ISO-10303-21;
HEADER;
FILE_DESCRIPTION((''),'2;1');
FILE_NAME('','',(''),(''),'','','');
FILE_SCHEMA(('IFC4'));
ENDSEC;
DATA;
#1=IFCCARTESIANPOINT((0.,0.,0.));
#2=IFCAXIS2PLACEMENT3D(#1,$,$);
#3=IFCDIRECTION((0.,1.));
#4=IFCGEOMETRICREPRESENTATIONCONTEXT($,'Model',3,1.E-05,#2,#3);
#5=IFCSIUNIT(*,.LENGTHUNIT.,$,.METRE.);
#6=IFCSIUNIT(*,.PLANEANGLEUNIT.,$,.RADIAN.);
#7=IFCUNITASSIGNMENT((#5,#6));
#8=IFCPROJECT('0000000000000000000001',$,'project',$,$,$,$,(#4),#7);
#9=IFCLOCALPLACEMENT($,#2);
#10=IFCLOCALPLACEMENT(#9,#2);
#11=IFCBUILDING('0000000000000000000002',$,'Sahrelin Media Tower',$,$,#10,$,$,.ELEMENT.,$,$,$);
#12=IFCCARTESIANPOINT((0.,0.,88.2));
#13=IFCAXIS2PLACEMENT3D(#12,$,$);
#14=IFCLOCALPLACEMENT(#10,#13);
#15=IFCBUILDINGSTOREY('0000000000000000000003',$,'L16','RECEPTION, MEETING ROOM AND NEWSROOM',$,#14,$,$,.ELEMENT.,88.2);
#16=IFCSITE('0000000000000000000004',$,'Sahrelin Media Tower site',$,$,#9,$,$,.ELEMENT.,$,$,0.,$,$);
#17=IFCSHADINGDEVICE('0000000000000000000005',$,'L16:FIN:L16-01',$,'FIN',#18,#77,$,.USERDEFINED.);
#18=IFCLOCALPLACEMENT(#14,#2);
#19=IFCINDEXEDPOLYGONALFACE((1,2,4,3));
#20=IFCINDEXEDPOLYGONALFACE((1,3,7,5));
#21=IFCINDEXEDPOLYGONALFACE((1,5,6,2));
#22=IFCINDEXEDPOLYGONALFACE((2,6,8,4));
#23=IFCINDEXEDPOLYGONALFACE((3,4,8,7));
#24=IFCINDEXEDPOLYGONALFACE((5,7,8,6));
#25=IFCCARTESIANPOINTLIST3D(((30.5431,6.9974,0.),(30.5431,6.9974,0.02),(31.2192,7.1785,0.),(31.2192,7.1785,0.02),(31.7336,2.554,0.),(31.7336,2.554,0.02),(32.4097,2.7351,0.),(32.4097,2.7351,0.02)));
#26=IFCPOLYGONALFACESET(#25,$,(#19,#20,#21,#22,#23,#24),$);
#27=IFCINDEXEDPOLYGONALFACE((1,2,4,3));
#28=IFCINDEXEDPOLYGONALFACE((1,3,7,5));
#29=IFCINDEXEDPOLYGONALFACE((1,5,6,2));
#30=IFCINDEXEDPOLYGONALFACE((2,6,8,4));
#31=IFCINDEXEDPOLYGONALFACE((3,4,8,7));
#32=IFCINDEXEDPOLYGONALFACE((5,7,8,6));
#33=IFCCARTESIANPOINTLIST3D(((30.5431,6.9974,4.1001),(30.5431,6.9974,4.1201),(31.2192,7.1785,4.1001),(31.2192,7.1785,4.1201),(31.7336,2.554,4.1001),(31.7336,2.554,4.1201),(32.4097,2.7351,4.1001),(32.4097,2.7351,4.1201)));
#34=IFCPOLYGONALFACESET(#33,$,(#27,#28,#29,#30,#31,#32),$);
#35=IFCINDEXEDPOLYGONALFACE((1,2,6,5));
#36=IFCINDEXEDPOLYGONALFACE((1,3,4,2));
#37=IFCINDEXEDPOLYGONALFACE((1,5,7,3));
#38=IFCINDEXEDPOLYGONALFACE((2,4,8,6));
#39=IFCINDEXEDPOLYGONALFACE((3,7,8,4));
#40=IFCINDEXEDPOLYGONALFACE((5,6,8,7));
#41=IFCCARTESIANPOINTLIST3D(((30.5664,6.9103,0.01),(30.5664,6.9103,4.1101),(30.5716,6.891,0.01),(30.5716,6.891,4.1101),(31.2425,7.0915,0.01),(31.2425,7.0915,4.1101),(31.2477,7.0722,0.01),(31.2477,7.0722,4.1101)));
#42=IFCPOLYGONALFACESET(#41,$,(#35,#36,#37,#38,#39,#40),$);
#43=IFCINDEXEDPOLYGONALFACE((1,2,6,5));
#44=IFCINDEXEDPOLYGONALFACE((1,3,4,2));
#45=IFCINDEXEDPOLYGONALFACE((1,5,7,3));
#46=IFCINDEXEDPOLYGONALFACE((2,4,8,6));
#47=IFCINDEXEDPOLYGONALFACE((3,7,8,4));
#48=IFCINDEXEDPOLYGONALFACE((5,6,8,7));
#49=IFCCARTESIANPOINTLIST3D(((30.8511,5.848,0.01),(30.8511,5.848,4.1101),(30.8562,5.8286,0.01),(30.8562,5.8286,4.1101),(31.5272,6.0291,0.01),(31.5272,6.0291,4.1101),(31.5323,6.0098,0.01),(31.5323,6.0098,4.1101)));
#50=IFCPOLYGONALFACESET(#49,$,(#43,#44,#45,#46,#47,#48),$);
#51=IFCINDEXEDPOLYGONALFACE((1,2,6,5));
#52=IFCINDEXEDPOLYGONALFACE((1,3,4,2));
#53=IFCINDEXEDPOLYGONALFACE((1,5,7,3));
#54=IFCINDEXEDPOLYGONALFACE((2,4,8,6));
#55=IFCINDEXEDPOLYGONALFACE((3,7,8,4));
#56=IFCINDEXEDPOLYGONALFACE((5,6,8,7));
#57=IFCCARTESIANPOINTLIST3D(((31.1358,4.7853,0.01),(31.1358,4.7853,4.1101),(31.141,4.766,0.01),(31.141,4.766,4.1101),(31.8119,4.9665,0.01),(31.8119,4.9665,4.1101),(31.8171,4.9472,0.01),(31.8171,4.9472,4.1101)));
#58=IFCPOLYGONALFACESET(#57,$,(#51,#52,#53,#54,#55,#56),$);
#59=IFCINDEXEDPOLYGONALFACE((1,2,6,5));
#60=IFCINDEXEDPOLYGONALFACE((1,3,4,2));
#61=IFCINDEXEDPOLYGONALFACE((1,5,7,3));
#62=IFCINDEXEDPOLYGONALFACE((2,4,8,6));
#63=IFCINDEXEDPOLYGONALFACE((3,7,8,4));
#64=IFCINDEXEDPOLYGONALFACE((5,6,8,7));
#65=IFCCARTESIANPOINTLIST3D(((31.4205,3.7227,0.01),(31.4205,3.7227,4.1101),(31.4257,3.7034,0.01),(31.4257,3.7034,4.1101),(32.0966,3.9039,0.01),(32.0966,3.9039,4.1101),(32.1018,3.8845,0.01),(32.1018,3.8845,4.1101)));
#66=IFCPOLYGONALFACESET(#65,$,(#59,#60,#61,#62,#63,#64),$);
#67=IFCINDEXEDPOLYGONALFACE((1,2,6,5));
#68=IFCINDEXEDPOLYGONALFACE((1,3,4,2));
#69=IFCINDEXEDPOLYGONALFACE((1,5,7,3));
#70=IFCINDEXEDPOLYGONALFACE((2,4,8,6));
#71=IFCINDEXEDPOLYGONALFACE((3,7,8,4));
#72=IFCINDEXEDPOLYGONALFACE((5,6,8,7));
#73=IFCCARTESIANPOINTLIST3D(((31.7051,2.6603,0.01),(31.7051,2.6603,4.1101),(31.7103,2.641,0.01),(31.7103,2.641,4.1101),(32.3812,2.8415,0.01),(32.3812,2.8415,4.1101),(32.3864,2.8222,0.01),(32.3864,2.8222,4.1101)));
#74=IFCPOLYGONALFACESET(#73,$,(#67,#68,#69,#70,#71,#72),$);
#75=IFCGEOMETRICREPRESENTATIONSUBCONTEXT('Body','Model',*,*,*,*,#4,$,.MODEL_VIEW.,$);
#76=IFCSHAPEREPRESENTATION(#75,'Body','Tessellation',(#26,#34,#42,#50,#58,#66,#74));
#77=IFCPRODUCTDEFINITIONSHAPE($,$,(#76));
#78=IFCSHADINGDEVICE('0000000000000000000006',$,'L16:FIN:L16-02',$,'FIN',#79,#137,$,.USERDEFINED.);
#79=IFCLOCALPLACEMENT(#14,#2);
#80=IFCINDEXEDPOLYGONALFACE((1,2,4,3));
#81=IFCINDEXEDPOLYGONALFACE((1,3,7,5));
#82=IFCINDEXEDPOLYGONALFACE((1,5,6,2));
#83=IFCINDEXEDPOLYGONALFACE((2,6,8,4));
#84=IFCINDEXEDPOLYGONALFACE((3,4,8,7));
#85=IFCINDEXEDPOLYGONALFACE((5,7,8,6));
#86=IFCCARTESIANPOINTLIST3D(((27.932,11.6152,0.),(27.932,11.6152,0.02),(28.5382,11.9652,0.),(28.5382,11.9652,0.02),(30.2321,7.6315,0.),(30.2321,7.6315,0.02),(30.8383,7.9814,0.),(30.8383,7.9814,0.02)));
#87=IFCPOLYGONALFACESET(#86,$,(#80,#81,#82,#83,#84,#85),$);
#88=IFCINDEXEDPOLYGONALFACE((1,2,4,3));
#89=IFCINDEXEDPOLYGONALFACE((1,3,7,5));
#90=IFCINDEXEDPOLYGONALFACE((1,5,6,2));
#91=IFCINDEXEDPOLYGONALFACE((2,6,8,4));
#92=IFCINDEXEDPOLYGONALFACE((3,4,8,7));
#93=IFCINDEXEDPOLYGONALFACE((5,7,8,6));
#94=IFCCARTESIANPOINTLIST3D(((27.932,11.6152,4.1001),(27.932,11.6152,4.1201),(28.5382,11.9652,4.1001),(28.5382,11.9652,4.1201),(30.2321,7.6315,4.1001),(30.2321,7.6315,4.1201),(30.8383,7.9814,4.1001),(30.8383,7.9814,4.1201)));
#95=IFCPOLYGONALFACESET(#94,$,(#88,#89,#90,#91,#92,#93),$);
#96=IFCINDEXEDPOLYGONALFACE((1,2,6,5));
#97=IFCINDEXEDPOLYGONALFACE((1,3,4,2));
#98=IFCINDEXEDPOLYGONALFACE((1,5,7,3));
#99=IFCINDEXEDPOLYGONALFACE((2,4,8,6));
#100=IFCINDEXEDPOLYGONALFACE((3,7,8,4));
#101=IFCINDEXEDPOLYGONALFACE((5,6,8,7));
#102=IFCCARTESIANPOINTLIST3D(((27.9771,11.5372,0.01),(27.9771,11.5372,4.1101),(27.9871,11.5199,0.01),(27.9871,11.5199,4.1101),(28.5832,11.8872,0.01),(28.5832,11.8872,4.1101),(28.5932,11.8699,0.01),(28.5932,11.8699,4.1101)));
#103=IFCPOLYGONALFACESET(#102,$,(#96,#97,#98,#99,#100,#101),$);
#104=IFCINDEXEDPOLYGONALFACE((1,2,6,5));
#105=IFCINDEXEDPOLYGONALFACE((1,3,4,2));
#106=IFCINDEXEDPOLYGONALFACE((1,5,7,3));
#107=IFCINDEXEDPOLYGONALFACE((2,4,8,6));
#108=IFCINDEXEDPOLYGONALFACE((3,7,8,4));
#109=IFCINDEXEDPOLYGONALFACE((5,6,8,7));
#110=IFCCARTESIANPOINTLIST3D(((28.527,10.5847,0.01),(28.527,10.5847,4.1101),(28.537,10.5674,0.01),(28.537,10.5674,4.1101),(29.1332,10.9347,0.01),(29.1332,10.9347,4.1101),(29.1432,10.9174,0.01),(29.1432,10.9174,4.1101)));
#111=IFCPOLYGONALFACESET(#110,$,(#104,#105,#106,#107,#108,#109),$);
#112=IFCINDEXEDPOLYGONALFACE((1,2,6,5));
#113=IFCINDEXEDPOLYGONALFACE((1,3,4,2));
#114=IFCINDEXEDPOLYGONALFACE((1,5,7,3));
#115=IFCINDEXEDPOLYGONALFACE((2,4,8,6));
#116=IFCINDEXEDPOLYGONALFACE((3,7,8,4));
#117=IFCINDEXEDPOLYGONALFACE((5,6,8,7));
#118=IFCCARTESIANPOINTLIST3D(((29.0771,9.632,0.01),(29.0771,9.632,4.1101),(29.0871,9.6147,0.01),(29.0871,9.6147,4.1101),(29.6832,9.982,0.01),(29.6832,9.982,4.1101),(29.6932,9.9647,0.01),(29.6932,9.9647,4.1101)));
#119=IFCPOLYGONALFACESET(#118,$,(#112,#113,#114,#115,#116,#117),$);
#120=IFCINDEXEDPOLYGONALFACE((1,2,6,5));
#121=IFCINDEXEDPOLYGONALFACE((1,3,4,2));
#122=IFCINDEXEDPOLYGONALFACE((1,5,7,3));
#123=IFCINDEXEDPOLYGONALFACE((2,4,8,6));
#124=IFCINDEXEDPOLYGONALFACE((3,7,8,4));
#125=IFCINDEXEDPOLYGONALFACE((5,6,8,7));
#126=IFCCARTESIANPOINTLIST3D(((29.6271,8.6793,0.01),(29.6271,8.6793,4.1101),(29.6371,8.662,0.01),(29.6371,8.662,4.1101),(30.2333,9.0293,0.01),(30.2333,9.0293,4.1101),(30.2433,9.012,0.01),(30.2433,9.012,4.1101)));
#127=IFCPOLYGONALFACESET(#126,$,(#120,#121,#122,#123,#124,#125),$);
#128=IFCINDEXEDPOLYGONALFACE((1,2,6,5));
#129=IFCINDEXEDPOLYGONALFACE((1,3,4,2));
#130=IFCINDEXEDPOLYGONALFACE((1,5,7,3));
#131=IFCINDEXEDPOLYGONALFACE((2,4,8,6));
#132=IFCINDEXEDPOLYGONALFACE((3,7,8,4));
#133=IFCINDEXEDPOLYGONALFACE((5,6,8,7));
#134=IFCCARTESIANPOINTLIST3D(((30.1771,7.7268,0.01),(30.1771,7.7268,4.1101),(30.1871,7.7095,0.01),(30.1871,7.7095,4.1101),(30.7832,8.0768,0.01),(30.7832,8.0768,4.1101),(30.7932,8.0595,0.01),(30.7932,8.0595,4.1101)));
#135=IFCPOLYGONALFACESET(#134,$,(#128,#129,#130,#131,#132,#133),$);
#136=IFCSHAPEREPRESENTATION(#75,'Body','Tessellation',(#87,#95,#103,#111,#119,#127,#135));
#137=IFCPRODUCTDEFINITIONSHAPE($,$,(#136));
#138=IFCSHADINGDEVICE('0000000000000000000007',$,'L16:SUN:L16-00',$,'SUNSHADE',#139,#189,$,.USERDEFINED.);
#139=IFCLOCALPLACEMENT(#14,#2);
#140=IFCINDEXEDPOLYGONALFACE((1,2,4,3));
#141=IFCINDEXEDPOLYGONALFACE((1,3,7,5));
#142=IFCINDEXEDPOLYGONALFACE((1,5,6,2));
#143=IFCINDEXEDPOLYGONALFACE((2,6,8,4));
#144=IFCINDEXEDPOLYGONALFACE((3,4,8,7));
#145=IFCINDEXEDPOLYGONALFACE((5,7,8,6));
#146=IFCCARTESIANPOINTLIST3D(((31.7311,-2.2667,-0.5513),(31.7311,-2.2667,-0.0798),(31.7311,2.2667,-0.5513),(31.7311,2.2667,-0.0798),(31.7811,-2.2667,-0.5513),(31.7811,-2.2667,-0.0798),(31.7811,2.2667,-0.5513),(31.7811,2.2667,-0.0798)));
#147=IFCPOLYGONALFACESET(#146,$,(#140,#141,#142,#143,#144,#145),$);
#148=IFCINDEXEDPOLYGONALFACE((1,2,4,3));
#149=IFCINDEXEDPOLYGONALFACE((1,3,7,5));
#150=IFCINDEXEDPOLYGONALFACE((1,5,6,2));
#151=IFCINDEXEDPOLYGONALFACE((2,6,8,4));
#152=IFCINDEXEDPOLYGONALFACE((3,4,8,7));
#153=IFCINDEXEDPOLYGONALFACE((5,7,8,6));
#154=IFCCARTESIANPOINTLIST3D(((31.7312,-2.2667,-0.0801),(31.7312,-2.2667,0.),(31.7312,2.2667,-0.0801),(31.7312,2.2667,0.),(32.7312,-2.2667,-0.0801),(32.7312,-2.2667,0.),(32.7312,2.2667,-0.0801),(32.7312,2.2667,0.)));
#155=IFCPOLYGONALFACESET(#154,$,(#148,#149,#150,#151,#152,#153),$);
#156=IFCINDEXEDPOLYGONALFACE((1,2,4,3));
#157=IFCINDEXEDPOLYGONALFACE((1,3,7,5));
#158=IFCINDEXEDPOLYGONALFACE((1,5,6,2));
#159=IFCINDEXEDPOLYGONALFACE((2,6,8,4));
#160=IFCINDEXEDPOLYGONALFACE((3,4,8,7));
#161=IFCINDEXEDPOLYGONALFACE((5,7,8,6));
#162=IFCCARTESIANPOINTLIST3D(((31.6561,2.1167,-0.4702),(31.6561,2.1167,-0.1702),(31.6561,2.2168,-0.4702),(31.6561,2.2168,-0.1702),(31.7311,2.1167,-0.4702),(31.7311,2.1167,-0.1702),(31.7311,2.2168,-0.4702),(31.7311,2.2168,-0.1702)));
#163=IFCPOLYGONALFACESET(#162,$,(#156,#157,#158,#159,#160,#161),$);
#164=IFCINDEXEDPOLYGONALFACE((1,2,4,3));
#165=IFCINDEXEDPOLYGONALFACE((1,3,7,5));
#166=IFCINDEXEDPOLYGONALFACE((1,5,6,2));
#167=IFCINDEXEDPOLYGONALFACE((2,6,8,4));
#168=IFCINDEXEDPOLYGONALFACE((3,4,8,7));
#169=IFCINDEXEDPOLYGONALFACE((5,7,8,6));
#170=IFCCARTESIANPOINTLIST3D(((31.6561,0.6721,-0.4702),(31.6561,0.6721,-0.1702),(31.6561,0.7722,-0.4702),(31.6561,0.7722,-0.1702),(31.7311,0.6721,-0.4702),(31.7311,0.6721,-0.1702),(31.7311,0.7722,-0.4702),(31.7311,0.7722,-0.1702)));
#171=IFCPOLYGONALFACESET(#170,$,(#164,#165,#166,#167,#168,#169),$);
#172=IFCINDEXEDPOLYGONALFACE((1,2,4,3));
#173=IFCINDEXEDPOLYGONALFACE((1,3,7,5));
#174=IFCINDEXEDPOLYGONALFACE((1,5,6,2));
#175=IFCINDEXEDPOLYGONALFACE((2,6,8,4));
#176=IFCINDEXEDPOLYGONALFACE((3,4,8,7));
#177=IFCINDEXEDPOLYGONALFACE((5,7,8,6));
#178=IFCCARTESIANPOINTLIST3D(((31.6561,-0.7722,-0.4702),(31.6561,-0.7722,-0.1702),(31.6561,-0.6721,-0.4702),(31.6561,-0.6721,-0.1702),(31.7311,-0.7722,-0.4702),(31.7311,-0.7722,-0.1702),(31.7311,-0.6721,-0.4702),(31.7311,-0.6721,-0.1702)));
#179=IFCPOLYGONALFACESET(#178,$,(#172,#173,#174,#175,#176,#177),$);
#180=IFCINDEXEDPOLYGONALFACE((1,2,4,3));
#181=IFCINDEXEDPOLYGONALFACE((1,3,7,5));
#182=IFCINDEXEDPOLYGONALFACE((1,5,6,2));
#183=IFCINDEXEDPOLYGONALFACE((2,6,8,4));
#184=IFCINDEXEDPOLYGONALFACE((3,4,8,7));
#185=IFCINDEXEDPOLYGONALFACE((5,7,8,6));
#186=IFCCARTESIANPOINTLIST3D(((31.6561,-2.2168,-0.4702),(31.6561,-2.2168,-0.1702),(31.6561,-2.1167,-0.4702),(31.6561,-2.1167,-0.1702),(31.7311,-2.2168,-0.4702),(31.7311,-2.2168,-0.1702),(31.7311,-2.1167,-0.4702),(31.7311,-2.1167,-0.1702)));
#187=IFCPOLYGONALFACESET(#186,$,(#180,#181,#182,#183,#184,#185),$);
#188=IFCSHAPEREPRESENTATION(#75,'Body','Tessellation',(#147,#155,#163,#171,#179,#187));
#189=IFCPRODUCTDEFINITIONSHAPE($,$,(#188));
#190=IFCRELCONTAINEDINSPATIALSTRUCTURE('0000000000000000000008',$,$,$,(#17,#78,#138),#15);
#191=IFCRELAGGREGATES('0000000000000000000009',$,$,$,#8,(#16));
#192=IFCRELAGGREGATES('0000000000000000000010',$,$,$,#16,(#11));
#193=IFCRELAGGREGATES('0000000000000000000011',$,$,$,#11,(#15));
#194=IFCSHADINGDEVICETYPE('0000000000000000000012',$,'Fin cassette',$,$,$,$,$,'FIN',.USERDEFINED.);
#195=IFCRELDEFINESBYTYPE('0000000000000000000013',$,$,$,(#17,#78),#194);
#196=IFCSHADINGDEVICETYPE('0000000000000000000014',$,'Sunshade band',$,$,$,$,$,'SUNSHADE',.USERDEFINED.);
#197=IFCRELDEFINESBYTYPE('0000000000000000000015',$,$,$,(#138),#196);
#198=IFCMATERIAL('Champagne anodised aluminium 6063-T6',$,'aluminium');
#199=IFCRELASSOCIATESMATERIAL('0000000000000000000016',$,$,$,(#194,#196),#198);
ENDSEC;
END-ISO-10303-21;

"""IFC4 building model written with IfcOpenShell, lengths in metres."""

from ifc_helpers import new_model, si_unit, direction, frame, origin, origin_2d, place, context, subcontext, project, spatial, rectangle, extrude, material, type_object, element, save


model = new_model("IFC4")

# Units and contexts
model_context = context("Model", 3, precision=1e-05, world=origin(), true_north=direction((0.0, 1.0)))
body_context = subcontext(model_context, "Body", "Model", "MODEL_VIEW")
ifc_project = project(units=[si_unit("LENGTHUNIT", "METRE"), si_unit("PLANEANGLEUNIT", "RADIAN")], contexts=[model_context])

# Site, building, storey
site_placement = place(None, origin())
site = spatial("IfcSite", under=ifc_project, at=site_placement, Name="Sahrelin Media Tower site", CompositionType="ELEMENT", RefElevation=0.0)
building_placement = place(site_placement, origin())
building = spatial("IfcBuilding", under=site, at=building_placement, Name="Sahrelin Media Tower", CompositionType="ELEMENT")
storey_placement = place(building_placement, frame((0.0, 0.0, 88.2)))
storey = spatial("IfcBuildingStorey", under=building, at=storey_placement, Name="L16", Description="RECEPTION, MEETING ROOM AND NEWSROOM", CompositionType="ELEMENT", Elevation=88.2)

# Shared definitions
ifc_material_1 = material(Name="Champagne anodised aluminium 6063-T6", Category="aluminium")

# Shading devices
shading_device_type_1 = type_object("IfcShadingDeviceType", Name="Fin cassette", ElementType="FIN", PredefinedType="USERDEFINED", material=ifc_material_1)
placement_1 = place(storey_placement, frame((31.7112, 0.0, 0.0), z_axis=(0.0, 0.0, 1.0), x_axis=(0.0, -1.0, 0.0)))
placement_2 = place(storey_placement, frame((31.0708, 4.7576, 0.0), z_axis=(0.0, 0.0, 1.0), x_axis=(0.258808, -0.965929, 0.0)))
element("IfcShadingDevice", 1, at=placement_2, inside=storey, type_object=shading_device_type_1, Name="L16:FIN:L16-01", ObjectType="FIN", PredefinedType="USERDEFINED", context=body_context, shape_type="SweptSolid", body=[
    extrude(rectangle(XDim=4.6001, YDim=0.7, at=origin_2d()), frame((0.0, 0.4199, 0.0)), (0.0, 0.0, 1.0), 0.02),
    extrude(rectangle(XDim=4.6001, YDim=0.7, at=origin_2d()), frame((0.0, 0.4199, 4.1001)), (0.0, 0.0, 1.0), 0.02),
    extrude(rectangle(XDim=0.02, YDim=0.7, at=origin_2d()), frame((-2.2, 0.4199, 0.01), z_axis=(0.0, 0.0, 1.0), x_axis=(1.0, 0.0, 0.0)), (0.0, 0.0, 1.0), 4.1001),
    extrude(rectangle(XDim=0.02, YDim=0.7, at=origin_2d()), frame((-1.1001, 0.4199, 0.01), z_axis=(0.0, 0.0, 1.0), x_axis=(1.0, 0.0, 0.0)), (0.0, 0.0, 1.0), 4.1001),
    extrude(rectangle(XDim=0.02, YDim=0.7, at=origin_2d()), frame((0.0, 0.4199, 0.01), z_axis=(0.0, 0.0, 1.0), x_axis=(1.0, 0.0, 0.0)), (0.0, 0.0, 1.0), 4.1001),
    extrude(rectangle(XDim=0.02, YDim=0.7, at=origin_2d()), frame((1.1001, 0.4199, 0.01), z_axis=(0.0, 0.0, 1.0), x_axis=(1.0, 0.0, 0.0)), (0.0, 0.0, 1.0), 4.1001),
    extrude(rectangle(XDim=0.02, YDim=0.7, at=origin_2d()), frame((2.2, 0.4199, 0.01), z_axis=(0.0, 0.0, 1.0), x_axis=(1.0, 0.0, 0.0)), (0.0, 0.0, 1.0), 4.1001),
])
placement_3 = place(storey_placement, frame((29.0215, 9.5884, 0.0), z_axis=(0.0, 0.0, 1.0), x_axis=(0.500011, -0.866019, 0.0)))
element("IfcShadingDevice", 2, at=placement_3, inside=storey, type_object=shading_device_type_1, Name="L16:FIN:L16-02", ObjectType="FIN", PredefinedType="USERDEFINED", context=body_context, shape_type="SweptSolid", body=[
    extrude(rectangle(XDim=4.6001, YDim=0.7, at=origin_2d()), frame((0.0, 0.4199, 0.0)), (0.0, 0.0, 1.0), 0.02),
    extrude(rectangle(XDim=4.6001, YDim=0.7, at=origin_2d()), frame((0.0, 0.4199, 4.1001)), (0.0, 0.0, 1.0), 0.02),
    extrude(rectangle(XDim=0.02, YDim=0.7, at=origin_2d()), frame((-2.2, 0.4199, 0.01), z_axis=(0.0, 0.0, 1.0), x_axis=(1.0, 0.0, 0.0)), (0.0, 0.0, 1.0), 4.1001),
    extrude(rectangle(XDim=0.02, YDim=0.7, at=origin_2d()), frame((-1.1001, 0.4199, 0.01), z_axis=(0.0, 0.0, 1.0), x_axis=(1.0, 0.0, 0.0)), (0.0, 0.0, 1.0), 4.1001),
    extrude(rectangle(XDim=0.02, YDim=0.7, at=origin_2d()), frame((0.0, 0.4199, 0.01), z_axis=(0.0, 0.0, 1.0), x_axis=(1.0, 0.0, 0.0)), (0.0, 0.0, 1.0), 4.1001),
    extrude(rectangle(XDim=0.02, YDim=0.7, at=origin_2d()), frame((1.1001, 0.4199, 0.01), z_axis=(0.0, 0.0, 1.0), x_axis=(1.0, 0.0, 0.0)), (0.0, 0.0, 1.0), 4.1001),
    extrude(rectangle(XDim=0.02, YDim=0.7, at=origin_2d()), frame((2.2, 0.4199, 0.01), z_axis=(0.0, 0.0, 1.0), x_axis=(1.0, 0.0, 0.0)), (0.0, 0.0, 1.0), 4.1001),
])
shading_device_type_2 = type_object("IfcShadingDeviceType", Name="Sunshade band", ElementType="SUNSHADE", PredefinedType="USERDEFINED", material=ifc_material_1)
element("IfcShadingDevice", 3, at=placement_1, inside=storey, type_object=shading_device_type_2, Name="L16:SUN:L16-00", ObjectType="SUNSHADE", PredefinedType="USERDEFINED", context=body_context, shape_type="SweptSolid", body=[
    extrude(rectangle(XDim=4.5334, YDim=0.05, at=origin_2d()), frame((0.0, 0.0449, -0.5513)), (0.0, 0.0, 1.0), 0.4714),
    extrude(rectangle(XDim=4.5334, YDim=1.0, at=origin_2d()), frame((0.0, 0.52, -0.0801)), (0.0, 0.0, 1.0), 0.0801),
    extrude(rectangle(XDim=0.1001, YDim=0.075, at=origin_2d()), frame((-2.1667, -0.0176, -0.4702)), (0.0, 0.0, 1.0), 0.3),
    extrude(rectangle(XDim=0.1001, YDim=0.075, at=origin_2d()), frame((-0.7222, -0.0176, -0.4702)), (0.0, 0.0, 1.0), 0.3),
    extrude(rectangle(XDim=0.1001, YDim=0.075, at=origin_2d()), frame((0.7222, -0.0176, -0.4702)), (0.0, 0.0, 1.0), 0.3),
    extrude(rectangle(XDim=0.1001, YDim=0.075, at=origin_2d()), frame((2.1667, -0.0176, -0.4702)), (0.0, 0.0, 1.0), 0.3),
])

save(model, "model.ifc")
